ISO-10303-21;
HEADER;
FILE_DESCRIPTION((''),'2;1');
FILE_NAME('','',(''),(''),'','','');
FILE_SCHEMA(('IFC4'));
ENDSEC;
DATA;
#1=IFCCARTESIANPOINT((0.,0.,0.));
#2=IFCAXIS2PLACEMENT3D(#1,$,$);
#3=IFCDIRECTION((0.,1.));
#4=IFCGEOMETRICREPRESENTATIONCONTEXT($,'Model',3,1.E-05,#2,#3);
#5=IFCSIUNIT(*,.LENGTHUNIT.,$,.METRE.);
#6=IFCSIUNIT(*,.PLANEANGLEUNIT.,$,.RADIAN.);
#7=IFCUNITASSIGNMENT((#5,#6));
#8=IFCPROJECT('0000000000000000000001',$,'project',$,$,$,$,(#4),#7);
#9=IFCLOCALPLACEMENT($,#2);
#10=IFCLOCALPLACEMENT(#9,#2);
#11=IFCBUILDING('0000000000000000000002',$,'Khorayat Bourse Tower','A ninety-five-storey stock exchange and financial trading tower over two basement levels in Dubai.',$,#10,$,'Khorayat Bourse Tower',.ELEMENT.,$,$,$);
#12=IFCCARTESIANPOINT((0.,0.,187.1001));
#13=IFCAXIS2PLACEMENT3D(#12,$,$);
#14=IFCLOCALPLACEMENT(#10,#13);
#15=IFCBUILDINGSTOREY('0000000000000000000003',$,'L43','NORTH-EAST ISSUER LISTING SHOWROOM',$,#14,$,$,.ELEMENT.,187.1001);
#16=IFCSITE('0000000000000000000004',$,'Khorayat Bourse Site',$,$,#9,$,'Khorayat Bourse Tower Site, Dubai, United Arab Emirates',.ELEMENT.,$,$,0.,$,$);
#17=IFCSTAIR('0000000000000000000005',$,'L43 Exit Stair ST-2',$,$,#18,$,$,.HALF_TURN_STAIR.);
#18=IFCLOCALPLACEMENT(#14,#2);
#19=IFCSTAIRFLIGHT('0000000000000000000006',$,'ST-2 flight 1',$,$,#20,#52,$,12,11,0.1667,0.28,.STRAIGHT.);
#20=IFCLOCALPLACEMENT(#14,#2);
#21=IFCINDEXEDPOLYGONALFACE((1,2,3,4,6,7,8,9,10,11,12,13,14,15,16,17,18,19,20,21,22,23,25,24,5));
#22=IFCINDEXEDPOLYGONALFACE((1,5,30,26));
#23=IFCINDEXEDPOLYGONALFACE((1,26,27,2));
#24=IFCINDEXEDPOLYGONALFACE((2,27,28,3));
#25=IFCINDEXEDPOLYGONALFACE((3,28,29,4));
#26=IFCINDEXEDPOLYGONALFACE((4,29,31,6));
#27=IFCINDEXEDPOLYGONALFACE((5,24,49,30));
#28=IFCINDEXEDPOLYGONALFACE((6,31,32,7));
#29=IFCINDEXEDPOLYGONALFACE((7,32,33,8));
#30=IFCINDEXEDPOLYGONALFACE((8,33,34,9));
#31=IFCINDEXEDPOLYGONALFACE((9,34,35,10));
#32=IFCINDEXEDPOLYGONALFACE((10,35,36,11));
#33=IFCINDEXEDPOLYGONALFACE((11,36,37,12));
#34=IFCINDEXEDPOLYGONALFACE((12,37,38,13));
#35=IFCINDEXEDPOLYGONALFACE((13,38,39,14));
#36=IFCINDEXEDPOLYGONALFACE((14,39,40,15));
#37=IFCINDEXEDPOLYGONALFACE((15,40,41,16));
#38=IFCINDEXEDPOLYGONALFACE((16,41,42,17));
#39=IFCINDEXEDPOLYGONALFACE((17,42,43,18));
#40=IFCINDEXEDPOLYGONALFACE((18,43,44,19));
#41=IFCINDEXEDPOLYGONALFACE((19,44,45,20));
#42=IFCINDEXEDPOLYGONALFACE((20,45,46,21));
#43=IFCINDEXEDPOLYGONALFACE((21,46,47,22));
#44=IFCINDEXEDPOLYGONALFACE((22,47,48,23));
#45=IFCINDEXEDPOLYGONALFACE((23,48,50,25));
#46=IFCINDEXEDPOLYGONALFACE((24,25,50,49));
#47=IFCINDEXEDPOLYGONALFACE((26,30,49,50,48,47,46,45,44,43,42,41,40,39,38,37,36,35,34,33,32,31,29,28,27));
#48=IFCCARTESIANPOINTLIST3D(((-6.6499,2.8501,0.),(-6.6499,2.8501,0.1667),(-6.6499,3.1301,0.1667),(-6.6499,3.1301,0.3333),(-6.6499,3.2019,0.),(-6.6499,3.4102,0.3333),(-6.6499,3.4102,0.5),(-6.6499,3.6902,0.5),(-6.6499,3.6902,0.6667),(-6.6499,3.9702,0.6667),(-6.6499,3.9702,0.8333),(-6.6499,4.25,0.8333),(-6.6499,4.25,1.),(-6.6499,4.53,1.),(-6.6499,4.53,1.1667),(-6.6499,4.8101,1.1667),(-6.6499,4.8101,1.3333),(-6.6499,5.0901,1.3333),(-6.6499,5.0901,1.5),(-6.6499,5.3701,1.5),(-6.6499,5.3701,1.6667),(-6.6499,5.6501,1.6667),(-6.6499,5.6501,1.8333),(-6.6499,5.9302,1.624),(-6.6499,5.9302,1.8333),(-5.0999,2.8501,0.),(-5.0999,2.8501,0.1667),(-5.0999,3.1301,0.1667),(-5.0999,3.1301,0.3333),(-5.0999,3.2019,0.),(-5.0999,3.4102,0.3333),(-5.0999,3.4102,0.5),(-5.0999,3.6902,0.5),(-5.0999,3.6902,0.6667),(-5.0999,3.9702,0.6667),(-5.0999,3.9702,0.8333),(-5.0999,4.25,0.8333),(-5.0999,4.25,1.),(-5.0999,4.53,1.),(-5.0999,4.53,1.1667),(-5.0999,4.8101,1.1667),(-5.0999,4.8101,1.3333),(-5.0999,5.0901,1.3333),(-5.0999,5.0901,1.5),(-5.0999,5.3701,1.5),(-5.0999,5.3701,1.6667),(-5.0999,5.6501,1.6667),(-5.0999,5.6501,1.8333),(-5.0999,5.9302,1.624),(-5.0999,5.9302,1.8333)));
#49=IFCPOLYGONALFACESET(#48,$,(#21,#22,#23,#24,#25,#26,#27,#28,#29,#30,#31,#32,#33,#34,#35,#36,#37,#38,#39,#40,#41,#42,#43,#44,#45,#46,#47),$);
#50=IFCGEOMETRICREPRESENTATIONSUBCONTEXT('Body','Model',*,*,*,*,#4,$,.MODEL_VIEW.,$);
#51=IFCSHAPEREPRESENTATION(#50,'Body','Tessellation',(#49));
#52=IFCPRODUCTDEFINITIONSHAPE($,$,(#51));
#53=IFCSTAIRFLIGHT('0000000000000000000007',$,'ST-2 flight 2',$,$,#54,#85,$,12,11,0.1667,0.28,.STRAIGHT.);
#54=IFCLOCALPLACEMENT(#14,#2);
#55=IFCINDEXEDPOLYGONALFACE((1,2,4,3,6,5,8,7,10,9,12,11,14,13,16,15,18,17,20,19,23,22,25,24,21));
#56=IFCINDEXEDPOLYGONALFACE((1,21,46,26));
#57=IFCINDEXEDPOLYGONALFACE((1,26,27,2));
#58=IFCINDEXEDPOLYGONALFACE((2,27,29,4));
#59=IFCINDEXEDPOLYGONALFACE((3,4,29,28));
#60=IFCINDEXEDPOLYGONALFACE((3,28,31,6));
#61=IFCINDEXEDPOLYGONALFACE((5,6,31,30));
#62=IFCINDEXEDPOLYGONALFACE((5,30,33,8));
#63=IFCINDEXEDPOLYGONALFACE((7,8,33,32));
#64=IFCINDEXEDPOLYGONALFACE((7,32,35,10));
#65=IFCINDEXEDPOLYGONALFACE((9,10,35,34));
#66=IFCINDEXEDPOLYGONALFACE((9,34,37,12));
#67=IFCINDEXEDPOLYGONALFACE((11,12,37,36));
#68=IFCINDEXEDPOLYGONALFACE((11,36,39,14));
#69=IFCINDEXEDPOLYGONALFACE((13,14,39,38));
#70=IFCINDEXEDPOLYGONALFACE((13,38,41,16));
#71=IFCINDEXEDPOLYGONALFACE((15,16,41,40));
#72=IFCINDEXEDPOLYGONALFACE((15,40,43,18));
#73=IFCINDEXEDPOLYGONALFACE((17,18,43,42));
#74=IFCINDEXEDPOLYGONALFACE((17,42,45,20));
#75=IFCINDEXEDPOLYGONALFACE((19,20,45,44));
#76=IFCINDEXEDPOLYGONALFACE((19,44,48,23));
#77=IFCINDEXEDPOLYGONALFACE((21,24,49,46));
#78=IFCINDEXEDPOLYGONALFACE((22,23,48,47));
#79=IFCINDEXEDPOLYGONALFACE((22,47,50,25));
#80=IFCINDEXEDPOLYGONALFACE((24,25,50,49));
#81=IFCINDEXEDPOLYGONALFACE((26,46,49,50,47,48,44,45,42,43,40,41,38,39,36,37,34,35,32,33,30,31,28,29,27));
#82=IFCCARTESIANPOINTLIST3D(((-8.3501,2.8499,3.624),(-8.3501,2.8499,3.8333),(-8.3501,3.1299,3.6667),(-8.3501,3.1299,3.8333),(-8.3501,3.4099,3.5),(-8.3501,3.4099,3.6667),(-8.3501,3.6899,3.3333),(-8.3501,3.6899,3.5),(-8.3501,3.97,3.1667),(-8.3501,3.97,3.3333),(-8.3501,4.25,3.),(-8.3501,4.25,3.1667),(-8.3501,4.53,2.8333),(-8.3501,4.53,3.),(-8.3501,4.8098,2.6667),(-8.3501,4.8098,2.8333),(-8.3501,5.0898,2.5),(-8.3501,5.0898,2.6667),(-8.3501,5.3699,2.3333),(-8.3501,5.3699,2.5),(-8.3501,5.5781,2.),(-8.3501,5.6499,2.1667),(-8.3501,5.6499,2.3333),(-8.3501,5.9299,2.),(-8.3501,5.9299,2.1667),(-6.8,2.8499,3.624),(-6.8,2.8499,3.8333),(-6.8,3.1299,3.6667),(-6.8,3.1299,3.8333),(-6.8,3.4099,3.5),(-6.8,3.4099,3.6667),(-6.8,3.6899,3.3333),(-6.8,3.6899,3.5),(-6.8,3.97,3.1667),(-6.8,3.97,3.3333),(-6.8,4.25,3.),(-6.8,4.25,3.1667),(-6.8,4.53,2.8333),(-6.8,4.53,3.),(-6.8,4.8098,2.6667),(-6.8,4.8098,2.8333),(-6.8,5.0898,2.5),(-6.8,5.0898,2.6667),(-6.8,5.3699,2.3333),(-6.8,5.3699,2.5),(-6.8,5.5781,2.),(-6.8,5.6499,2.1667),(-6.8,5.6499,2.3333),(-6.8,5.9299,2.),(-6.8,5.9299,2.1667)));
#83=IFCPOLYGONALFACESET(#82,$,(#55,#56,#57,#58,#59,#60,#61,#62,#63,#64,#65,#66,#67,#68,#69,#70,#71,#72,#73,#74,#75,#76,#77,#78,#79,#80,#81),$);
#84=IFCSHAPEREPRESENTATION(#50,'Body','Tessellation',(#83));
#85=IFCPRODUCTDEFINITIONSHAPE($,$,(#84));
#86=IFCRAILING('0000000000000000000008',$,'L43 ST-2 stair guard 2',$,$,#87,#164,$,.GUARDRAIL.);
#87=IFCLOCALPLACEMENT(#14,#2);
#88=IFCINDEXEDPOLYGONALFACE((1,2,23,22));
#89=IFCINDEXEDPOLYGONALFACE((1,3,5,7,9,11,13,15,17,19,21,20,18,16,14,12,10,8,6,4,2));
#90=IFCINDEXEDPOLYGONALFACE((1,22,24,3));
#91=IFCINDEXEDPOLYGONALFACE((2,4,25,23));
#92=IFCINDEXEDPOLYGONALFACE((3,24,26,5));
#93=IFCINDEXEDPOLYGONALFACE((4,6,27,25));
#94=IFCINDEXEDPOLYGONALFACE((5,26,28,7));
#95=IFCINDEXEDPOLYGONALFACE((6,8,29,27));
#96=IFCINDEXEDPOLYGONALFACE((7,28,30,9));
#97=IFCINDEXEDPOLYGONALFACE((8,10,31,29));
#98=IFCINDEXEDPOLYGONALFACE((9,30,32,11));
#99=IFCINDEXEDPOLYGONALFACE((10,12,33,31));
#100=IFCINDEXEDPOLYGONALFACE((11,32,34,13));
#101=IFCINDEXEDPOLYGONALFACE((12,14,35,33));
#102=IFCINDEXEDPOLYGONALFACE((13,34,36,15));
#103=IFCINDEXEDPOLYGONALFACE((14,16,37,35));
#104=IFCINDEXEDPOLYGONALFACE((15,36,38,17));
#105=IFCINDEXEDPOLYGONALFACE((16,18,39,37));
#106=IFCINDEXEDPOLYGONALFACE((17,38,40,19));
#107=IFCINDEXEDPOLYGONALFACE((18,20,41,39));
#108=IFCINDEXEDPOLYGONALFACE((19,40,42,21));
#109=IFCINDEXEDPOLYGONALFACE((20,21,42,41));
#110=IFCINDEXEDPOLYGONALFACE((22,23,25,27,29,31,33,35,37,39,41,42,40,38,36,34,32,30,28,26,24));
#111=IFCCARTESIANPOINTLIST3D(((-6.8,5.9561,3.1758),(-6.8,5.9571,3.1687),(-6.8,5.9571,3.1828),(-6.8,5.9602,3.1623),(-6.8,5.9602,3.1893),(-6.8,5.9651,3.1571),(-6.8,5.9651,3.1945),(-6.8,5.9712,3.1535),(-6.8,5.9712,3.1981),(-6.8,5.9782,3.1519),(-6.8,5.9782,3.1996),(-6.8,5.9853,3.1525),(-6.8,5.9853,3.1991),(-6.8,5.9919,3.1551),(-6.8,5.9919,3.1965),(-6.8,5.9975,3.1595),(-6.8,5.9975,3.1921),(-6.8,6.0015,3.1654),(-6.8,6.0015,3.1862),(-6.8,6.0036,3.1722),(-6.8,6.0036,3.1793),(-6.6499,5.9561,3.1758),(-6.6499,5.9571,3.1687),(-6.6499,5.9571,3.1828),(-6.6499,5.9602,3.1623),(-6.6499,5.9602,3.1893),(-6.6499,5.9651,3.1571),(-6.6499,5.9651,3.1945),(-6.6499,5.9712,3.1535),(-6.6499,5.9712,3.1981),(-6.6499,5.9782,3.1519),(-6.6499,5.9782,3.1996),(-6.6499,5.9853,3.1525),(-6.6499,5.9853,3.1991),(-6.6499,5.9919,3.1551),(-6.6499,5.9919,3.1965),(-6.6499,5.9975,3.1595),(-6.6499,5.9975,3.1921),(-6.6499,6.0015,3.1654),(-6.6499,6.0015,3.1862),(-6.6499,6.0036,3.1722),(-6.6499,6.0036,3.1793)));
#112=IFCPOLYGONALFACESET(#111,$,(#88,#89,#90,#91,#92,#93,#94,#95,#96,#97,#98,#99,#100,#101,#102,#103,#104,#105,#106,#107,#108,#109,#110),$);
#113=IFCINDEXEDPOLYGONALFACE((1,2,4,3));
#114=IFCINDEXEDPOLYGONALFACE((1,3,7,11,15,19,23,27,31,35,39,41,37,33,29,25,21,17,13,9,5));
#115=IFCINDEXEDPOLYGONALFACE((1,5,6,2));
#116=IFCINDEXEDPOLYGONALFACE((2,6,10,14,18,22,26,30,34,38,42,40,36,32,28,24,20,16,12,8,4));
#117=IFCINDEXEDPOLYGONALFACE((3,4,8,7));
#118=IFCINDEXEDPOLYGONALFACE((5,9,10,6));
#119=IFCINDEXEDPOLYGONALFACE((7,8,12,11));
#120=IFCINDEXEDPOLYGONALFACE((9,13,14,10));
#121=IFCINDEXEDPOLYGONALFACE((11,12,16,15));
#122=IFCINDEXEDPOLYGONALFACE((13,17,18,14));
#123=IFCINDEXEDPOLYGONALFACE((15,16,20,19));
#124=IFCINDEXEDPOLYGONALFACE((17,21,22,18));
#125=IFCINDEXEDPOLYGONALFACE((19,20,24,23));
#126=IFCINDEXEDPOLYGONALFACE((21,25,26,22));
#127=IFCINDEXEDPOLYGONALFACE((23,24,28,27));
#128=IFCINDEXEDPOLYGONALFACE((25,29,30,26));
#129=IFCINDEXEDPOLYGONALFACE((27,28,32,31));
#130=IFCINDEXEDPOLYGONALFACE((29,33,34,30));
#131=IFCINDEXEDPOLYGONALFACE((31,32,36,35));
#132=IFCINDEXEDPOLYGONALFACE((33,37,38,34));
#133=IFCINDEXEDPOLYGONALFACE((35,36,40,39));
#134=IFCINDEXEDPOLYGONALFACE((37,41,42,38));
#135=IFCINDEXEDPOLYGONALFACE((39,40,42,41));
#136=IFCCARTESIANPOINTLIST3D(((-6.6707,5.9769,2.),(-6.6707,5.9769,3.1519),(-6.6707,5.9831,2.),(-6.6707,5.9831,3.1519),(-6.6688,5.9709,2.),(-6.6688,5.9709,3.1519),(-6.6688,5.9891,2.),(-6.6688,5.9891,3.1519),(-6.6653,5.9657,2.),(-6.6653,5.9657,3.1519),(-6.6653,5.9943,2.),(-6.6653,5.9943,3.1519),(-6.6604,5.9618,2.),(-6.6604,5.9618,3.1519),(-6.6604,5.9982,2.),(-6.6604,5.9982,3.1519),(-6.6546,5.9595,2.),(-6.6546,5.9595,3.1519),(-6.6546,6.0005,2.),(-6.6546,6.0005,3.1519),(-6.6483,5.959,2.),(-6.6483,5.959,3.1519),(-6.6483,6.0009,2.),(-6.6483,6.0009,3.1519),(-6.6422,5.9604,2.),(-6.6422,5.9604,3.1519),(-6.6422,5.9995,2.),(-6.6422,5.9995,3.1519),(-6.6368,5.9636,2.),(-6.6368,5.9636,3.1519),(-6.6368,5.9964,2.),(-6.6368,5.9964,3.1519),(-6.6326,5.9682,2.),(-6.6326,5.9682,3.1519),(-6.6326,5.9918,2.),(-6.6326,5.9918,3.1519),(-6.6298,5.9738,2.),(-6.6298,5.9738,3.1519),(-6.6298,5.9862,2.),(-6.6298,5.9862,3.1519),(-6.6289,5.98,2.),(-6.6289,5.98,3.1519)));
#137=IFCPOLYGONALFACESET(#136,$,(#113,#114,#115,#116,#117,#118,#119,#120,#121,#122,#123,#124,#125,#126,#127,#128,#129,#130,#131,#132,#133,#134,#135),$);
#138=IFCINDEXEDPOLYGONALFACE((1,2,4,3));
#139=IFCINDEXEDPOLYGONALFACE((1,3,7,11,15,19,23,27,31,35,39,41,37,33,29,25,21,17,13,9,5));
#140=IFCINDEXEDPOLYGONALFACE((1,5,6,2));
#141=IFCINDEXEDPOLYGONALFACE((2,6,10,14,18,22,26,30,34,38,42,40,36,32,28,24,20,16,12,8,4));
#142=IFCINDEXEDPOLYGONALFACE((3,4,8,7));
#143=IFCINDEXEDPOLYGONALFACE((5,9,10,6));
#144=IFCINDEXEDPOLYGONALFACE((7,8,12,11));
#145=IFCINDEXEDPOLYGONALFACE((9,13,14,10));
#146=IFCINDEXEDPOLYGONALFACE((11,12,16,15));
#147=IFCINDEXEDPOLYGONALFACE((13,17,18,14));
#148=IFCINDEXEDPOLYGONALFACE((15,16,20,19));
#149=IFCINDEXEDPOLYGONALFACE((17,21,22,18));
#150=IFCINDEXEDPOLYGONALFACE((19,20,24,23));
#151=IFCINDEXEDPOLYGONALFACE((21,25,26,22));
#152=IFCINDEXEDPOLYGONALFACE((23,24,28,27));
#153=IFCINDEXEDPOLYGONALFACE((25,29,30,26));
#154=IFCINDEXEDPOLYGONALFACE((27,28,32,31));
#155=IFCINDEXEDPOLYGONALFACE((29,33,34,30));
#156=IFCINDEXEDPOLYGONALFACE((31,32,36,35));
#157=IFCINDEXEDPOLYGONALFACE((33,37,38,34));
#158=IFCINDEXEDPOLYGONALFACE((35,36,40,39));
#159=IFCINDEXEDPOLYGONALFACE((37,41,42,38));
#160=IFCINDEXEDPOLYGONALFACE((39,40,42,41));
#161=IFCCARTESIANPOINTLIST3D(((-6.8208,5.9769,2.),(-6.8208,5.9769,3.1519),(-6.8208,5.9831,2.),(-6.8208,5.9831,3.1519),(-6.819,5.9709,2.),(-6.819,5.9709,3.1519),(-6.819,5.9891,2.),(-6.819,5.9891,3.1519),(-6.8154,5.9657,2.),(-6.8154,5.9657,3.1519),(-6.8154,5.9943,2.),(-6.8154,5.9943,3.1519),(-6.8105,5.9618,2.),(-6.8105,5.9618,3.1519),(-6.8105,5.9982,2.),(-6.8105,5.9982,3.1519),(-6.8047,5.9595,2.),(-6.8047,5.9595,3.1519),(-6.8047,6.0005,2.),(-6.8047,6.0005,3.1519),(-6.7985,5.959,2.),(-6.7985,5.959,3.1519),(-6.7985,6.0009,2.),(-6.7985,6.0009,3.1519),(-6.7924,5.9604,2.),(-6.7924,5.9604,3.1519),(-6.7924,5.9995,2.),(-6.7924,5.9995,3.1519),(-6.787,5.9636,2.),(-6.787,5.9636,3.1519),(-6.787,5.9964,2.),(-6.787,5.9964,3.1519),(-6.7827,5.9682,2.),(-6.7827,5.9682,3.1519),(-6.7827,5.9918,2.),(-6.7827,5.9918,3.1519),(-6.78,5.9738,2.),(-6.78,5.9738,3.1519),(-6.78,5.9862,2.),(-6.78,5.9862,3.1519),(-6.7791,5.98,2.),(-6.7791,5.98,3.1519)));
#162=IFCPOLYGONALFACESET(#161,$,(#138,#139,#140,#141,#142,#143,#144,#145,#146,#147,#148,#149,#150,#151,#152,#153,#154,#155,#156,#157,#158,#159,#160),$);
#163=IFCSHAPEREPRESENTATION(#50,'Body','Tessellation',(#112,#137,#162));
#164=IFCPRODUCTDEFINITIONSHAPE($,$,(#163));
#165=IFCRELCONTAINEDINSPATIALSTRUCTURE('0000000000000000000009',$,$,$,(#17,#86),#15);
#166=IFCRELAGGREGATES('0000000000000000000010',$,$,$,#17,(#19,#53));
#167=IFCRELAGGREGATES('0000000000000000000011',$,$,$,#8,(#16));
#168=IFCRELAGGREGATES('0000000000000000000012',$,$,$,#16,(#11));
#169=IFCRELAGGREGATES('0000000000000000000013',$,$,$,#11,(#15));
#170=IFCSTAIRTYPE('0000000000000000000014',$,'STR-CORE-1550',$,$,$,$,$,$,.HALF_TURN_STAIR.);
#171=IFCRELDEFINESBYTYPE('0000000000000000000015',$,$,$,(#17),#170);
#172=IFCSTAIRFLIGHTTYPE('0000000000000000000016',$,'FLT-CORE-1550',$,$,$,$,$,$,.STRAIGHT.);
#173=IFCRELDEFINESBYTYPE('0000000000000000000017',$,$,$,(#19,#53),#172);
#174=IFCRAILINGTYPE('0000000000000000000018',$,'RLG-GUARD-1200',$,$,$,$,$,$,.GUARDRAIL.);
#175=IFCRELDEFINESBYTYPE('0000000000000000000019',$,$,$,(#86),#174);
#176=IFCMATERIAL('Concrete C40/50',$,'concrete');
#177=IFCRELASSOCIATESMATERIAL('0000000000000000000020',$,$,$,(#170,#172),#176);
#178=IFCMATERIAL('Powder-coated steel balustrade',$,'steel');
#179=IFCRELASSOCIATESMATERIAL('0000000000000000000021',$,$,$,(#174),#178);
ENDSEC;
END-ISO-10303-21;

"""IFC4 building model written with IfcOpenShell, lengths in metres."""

from ifc_helpers import new_model, si_unit, direction, frame, origin, origin_2d, place, context, subcontext, project, spatial, polyline, circle, outline, extrude, source, transform, mapped, material, type_object, element, aggregate, save


model = new_model("IFC4")

# Units and contexts
model_context = context("Model", 3, precision=1e-05, world=origin(), true_north=direction((0.0, 1.0)))
body_context = subcontext(model_context, "Body", "Model", "MODEL_VIEW")
ifc_project = project(units=[si_unit("LENGTHUNIT", "METRE"), si_unit("PLANEANGLEUNIT", "RADIAN")], contexts=[model_context])

# Site, building, storey
site_placement = place(None, origin())
site = spatial("IfcSite", under=ifc_project, at=site_placement, Name="Khorayat Bourse Site", LongName="Khorayat Bourse Tower Site, Dubai, United Arab Emirates", CompositionType="ELEMENT", RefElevation=0.0)
building_placement = place(site_placement, origin())
building = spatial("IfcBuilding", under=site, at=building_placement, Name="Khorayat Bourse Tower", Description="A ninety-five-storey stock exchange and financial trading tower over two basement levels in Dubai.", LongName="Khorayat Bourse Tower", CompositionType="ELEMENT")
storey_placement = place(building_placement, frame((0.0, 0.0, 187.1001)))
storey = spatial("IfcBuildingStorey", under=building, at=storey_placement, Name="L43", Description="NORTH-EAST ISSUER LISTING SHOWROOM", CompositionType="ELEMENT", Elevation=187.1001)

# Shared definitions
ifc_material_1 = material(Name="Concrete C40/50", Category="concrete")

# Stair, stair flights
stair_type = type_object("IfcStairType", Name="STR-CORE-1550", PredefinedType="HALF_TURN_STAIR", material=ifc_material_1)
stair_placement = place(storey_placement, origin())
stair = element("IfcStair", 1, at=stair_placement, inside=storey, type_object=stair_type, Name="L43 Exit Stair ST-2", PredefinedType="HALF_TURN_STAIR")
stair_flight_type = type_object("IfcStairFlightType", Name="FLT-CORE-1550", PredefinedType="STRAIGHT", material=ifc_material_1)
shared_shape_1 = source(origin(), body_context, "Body", "SweptSolid", [
    extrude(outline(polyline([(0.0, 0.0), (0.0, 0.1667), (0.28, 0.1667), (0.28, 0.3333), (0.5601, 0.3333), (0.5601, 0.5), (0.8401, 0.5), (0.8401, 0.6667), (1.1201, 0.6667), (1.1201, 0.8333), (1.3999, 0.8333), (1.3999, 1.0), (1.6799, 1.0), (1.6799, 1.1667), (1.96, 1.1667), (1.96, 1.3333), (2.24, 1.3333), (2.24, 1.5), (2.52, 1.5), (2.52, 1.6667), (2.8, 1.6667), (2.8, 1.8333), (3.0801, 1.8333), (3.0801, 2.0), (3.0801, 1.624), (0.3518, 0.0), (0.0, 0.0)])), frame((0.0, 0.7749, 0.0), z_axis=(0.0, -1.0, 0.0), x_axis=(1.0, 0.0, 0.0)), (0.0, 0.0, 1.0), 1.55),
])
stair_flight_1_placement = place(storey_placement, frame((-5.875, 2.8501, 0.0), z_axis=(0.0, 0.0, 1.0), x_axis=(0.0, 1.0, 0.0)))
stair_flight_1 = element("IfcStairFlight", 2, at=stair_flight_1_placement, type_object=stair_flight_type, Name="ST-2 flight 1", NumberOfRisers=12, NumberOfTreads=11, PredefinedType="STRAIGHT", RiserHeight=0.1667, TreadLength=0.28, context=body_context, shape_type="MappedRepresentation", body=[
    mapped(shared_shape_1, transform((0.0, 0.0, 0.0), scale=1.0)),
])
stair_flight_2_placement = place(storey_placement, frame((-7.575, 5.9299, 2.0), z_axis=(0.0, 0.0, 1.0), x_axis=(0.0, -1.0, 0.0)))
stair_flight_2 = element("IfcStairFlight", 3, at=stair_flight_2_placement, type_object=stair_flight_type, Name="ST-2 flight 2", NumberOfRisers=12, NumberOfTreads=11, PredefinedType="STRAIGHT", RiserHeight=0.1667, TreadLength=0.28, context=body_context, shape_type="MappedRepresentation", body=[
    mapped(shared_shape_1, transform((0.0, 0.0, 0.0), scale=1.0)),
])
aggregate(stair, [stair_flight_1, stair_flight_2])

# Railing
ifc_material_2 = material(Name="Powder-coated steel balustrade", Category="steel")
railing_type_1 = type_object("IfcRailingType", Name="RLG-GUARD-1200", PredefinedType="GUARDRAIL", material=ifc_material_2)
shared_shape_2 = source(origin(), body_context, "Body", "SweptSolid", [
    extrude(circle(Radius=0.0239, at=origin_2d()), frame((0.0, 0.0, 1.1758), z_axis=(-1.0, 0.0, 0.0), x_axis=(0.0, -1.0, 0.0)), (0.0, 0.0, 1.0), 0.1501),
    extrude(circle(Radius=0.021, at=origin_2d()), origin(), (0.0, 0.0, 1.0), 1.1519),
    extrude(circle(Radius=0.021, at=origin_2d()), frame((-0.1501, 0.0, 0.0)), (0.0, 0.0, 1.0), 1.1519),
])
for number, where, name in (
    (4, (-6.6499, 5.98, 2.0), "L43 ST-2 stair guard 2"),
):
    element("IfcRailing", number, at=place(storey_placement, frame(where)), inside=storey, type_object=railing_type_1, Name=name, PredefinedType="GUARDRAIL", context=body_context, shape_type="MappedRepresentation", body=[
        mapped(shared_shape_2, transform((0.0, 0.0, 0.0), scale=1.0)),
    ])

save(model, "model.ifc")
